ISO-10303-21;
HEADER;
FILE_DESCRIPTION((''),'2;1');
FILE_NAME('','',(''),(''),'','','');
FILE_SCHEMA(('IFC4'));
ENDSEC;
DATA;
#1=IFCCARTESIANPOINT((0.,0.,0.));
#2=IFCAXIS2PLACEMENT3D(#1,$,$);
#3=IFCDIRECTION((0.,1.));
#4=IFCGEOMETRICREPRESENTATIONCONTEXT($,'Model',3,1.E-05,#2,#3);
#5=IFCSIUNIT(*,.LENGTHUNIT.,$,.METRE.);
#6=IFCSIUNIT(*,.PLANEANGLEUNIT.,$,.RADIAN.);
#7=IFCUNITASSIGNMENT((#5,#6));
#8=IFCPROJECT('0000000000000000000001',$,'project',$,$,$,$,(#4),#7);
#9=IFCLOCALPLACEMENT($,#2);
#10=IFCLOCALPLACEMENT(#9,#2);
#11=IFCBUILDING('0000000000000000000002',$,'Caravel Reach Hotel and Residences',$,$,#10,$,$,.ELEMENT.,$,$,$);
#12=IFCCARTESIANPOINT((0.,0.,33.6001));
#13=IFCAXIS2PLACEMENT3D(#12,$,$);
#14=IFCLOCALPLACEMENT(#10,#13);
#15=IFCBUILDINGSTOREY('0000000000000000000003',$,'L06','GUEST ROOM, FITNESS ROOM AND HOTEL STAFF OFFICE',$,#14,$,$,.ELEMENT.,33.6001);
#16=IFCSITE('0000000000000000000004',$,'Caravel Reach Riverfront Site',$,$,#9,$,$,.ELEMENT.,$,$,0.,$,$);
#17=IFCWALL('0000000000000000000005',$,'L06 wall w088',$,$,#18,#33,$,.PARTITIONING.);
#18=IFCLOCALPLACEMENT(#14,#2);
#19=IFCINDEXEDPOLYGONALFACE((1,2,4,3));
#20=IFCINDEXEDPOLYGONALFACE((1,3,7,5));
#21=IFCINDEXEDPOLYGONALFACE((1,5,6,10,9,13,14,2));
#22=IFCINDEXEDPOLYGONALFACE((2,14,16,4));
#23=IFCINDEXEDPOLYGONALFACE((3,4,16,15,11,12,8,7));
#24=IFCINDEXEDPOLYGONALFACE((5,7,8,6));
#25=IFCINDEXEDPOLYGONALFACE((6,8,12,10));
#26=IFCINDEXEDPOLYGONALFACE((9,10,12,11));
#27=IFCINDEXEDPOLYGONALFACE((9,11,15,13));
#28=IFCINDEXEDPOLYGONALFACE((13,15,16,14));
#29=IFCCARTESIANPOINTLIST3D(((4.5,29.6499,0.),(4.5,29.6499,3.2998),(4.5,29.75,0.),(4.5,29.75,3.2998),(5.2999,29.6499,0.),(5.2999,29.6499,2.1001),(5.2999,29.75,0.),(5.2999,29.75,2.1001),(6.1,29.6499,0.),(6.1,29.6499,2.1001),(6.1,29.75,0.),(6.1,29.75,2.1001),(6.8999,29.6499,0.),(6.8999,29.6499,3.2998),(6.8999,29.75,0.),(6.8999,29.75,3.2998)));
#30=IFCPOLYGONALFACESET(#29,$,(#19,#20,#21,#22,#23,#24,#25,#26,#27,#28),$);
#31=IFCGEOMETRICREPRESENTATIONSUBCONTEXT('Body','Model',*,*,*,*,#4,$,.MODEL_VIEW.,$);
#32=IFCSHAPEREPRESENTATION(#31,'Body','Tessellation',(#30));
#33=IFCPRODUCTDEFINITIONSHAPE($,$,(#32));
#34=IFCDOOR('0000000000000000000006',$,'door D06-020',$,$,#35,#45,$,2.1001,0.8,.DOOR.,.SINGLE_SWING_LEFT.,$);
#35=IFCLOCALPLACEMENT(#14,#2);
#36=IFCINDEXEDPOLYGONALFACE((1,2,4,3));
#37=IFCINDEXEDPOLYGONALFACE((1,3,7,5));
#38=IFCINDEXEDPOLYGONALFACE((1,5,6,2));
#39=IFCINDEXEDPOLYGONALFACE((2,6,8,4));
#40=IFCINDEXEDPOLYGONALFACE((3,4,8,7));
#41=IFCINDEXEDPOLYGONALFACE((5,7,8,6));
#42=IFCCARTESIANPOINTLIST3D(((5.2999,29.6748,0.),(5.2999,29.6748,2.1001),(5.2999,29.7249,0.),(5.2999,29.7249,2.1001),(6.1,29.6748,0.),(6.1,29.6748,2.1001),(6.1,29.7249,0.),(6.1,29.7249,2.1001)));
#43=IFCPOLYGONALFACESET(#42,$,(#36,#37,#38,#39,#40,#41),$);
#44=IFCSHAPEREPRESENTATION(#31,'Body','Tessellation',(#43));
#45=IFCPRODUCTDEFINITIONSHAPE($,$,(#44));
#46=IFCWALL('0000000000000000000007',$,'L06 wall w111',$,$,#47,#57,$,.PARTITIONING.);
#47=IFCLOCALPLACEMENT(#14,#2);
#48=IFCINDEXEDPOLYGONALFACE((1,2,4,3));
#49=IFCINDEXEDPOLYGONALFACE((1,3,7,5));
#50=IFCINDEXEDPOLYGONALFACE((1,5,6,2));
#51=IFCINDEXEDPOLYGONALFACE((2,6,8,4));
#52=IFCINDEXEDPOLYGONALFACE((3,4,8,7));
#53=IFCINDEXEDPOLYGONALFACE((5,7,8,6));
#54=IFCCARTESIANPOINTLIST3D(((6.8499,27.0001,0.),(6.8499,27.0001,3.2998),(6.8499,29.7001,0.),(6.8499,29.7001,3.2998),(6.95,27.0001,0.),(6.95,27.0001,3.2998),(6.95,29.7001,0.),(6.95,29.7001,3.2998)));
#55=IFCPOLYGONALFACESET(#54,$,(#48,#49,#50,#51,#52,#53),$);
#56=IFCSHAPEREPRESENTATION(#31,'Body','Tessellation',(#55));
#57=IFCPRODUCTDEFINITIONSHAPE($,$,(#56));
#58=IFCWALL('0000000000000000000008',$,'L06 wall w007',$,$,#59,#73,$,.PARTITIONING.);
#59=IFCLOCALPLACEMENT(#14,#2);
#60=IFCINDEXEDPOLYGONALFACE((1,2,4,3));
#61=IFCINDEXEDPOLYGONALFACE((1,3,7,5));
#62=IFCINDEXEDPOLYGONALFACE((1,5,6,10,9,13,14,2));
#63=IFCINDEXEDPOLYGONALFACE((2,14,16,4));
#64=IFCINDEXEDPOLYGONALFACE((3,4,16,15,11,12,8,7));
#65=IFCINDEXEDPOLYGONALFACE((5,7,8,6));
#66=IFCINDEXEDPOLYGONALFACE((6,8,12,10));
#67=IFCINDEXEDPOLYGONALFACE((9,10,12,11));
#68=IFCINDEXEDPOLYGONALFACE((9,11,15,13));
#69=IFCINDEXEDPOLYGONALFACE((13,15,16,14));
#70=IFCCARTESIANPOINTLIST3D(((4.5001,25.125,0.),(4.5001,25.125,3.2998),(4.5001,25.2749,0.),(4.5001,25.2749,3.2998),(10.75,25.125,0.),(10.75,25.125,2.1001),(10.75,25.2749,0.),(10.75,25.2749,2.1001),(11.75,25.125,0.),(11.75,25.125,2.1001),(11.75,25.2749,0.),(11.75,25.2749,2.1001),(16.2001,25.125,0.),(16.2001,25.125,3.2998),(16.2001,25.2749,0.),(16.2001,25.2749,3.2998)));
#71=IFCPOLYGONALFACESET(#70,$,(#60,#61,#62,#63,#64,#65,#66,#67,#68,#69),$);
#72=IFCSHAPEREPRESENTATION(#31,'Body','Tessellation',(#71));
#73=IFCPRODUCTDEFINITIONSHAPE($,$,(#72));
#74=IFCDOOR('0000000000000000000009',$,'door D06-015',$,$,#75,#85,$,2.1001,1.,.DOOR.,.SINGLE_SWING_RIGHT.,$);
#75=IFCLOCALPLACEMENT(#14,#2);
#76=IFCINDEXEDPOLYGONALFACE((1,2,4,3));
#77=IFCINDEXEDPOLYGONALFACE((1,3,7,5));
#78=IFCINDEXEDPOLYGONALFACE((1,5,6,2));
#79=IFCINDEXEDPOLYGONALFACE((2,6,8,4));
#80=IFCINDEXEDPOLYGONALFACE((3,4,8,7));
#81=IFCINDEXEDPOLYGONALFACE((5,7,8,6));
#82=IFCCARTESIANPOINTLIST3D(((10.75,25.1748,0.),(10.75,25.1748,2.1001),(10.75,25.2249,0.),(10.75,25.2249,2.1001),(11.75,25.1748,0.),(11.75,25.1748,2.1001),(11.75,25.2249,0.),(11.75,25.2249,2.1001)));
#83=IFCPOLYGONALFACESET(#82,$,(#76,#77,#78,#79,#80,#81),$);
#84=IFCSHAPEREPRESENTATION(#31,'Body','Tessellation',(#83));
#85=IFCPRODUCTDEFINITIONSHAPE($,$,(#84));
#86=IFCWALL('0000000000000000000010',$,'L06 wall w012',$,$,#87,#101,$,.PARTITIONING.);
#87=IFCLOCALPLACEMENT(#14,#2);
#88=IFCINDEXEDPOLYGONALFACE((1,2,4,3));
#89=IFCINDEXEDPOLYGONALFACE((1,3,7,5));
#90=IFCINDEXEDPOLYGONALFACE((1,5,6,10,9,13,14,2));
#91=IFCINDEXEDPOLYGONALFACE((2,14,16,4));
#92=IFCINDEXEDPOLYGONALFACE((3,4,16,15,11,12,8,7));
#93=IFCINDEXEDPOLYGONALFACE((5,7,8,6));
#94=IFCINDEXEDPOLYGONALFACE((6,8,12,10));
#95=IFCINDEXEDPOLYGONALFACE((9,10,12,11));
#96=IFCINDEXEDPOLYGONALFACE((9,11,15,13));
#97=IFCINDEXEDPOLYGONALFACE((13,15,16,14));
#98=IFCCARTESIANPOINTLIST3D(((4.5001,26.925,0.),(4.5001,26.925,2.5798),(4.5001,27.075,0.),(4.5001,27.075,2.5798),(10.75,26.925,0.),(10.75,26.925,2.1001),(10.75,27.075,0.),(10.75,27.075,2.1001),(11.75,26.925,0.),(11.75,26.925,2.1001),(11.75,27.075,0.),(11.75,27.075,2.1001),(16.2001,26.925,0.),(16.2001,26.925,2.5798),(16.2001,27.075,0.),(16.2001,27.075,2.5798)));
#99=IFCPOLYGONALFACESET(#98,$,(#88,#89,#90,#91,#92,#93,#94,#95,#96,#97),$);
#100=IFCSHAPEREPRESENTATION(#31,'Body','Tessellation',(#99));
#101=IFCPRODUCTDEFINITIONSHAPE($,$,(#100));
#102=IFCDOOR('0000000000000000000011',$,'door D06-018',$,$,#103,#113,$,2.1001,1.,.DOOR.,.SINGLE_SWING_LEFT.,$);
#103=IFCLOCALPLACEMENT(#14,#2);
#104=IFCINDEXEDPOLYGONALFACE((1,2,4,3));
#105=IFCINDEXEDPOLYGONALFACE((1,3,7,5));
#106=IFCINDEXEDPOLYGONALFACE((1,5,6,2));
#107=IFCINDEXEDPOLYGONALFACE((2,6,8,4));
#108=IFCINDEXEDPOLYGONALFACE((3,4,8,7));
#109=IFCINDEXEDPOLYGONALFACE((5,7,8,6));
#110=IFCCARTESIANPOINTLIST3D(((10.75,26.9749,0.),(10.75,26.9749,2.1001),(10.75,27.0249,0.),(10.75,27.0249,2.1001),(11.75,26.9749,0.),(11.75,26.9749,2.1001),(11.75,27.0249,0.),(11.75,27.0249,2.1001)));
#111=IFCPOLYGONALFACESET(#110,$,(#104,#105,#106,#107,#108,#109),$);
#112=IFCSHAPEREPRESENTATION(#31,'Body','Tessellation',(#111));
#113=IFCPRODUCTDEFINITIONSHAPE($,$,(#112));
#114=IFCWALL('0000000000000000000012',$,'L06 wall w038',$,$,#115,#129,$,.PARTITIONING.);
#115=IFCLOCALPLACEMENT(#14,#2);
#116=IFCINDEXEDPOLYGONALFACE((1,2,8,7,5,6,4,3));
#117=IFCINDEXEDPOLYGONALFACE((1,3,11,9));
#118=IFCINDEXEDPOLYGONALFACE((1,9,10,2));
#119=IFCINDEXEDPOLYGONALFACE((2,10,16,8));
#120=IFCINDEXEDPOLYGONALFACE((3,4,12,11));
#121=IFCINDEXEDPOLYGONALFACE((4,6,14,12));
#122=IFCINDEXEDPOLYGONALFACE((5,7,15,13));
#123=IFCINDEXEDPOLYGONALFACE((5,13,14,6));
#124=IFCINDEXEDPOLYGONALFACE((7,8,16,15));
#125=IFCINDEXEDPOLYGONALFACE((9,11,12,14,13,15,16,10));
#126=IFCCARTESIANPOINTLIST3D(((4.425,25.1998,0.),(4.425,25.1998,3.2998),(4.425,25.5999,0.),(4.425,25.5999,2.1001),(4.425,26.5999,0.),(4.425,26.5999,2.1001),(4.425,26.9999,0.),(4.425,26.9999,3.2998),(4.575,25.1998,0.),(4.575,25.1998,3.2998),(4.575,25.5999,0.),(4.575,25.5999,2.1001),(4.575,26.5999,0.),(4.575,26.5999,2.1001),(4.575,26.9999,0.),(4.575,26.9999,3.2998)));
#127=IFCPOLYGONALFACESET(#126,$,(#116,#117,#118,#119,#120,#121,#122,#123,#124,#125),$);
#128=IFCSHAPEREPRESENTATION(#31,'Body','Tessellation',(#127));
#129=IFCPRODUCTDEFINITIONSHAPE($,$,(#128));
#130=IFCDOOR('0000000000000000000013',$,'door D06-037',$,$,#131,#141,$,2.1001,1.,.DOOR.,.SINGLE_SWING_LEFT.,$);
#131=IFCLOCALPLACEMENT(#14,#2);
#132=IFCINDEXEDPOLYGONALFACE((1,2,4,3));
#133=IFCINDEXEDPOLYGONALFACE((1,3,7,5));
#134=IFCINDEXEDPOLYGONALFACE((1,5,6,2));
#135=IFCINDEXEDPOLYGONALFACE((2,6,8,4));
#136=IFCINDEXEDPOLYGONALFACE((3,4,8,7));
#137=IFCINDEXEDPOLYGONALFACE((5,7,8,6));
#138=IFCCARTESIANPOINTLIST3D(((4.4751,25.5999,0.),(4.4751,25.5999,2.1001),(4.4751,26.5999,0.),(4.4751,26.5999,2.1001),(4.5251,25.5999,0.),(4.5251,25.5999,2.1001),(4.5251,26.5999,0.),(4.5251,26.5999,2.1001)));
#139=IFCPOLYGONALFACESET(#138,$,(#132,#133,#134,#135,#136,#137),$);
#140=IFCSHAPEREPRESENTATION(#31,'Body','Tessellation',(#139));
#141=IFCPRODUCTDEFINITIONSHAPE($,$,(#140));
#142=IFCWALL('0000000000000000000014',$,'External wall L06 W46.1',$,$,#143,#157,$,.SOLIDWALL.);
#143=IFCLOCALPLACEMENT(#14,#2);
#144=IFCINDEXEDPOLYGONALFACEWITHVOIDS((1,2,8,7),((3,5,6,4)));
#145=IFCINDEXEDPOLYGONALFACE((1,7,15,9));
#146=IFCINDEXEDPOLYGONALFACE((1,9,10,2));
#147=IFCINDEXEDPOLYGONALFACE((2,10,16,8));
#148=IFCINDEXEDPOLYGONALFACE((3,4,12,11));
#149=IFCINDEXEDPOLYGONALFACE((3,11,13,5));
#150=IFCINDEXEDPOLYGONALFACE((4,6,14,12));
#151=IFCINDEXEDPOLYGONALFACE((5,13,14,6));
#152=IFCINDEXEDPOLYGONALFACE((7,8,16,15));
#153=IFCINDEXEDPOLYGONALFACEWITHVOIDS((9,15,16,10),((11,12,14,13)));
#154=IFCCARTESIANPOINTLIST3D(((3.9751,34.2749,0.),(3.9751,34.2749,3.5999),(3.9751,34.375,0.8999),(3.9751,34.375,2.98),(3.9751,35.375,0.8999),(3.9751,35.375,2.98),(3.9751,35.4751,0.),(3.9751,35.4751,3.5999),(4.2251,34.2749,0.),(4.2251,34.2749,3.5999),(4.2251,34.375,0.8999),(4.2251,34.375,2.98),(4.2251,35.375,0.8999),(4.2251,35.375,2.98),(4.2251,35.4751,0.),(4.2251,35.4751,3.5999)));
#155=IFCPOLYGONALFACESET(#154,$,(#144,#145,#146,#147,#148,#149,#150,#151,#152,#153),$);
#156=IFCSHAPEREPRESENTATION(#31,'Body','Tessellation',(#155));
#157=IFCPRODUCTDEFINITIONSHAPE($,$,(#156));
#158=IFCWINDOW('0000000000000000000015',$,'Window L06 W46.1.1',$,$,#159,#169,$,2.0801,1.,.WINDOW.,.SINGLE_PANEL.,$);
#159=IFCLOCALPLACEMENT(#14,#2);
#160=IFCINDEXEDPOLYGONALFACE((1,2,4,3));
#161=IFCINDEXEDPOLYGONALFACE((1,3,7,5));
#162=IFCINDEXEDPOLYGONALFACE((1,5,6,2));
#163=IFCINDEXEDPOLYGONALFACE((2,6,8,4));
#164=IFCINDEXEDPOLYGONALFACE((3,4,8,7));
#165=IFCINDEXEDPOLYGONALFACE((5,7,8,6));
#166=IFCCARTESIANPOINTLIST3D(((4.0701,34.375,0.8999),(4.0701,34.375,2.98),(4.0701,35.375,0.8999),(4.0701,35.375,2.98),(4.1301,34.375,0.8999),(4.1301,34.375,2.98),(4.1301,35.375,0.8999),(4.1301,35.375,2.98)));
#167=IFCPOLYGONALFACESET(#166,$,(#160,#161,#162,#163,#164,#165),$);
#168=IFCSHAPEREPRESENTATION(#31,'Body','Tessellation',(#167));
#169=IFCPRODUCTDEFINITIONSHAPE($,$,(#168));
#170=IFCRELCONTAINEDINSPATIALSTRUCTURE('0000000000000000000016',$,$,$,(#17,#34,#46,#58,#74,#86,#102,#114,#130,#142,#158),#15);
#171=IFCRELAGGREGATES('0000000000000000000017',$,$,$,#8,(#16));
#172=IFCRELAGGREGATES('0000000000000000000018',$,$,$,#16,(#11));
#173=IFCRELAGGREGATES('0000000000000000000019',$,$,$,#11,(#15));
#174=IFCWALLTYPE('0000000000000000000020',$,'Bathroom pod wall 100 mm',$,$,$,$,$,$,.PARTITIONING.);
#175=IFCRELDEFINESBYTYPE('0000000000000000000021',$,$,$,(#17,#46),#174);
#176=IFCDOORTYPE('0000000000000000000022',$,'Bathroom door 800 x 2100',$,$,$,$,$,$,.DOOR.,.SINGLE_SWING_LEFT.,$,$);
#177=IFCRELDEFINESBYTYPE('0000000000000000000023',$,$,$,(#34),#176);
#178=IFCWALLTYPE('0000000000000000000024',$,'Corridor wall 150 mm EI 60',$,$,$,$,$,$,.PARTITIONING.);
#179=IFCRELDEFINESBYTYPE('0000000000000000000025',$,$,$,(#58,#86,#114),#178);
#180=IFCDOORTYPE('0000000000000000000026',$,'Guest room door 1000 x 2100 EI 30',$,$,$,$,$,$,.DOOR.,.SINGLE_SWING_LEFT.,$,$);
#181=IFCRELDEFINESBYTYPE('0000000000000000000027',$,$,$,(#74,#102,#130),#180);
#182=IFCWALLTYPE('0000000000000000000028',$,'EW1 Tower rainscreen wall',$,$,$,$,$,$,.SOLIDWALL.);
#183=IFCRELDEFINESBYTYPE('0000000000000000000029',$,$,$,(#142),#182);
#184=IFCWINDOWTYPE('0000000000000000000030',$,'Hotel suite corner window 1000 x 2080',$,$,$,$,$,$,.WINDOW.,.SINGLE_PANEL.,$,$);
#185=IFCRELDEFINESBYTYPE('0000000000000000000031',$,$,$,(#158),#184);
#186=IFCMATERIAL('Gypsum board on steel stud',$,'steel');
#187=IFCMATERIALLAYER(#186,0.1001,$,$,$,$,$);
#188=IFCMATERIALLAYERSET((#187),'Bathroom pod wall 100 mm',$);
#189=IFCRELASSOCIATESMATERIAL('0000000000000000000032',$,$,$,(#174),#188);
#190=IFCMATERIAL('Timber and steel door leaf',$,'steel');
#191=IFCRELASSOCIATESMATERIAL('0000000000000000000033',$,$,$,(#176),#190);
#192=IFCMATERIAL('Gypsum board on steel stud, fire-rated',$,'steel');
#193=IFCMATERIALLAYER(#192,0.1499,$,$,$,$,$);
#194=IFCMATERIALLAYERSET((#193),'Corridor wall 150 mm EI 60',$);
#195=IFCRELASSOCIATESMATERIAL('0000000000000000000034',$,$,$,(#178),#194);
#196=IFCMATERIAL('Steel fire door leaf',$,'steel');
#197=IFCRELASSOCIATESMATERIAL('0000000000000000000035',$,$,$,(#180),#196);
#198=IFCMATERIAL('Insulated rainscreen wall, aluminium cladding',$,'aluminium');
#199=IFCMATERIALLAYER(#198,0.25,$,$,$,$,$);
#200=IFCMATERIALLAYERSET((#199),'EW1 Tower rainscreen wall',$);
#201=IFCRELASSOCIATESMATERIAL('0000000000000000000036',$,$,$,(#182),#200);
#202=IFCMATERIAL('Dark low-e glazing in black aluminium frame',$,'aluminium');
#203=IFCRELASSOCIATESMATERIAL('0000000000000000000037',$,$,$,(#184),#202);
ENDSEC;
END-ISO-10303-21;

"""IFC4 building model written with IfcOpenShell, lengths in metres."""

from ifc_helpers import new_model, si_unit, direction, frame, frame_2d, origin, place, context, subcontext, project, spatial, rectangle, extrude, material, layer, layer_set, type_object, element, fill, save


model = new_model("IFC4")

# Units and contexts
model_context = context("Model", 3, precision=1e-05, world=origin(), true_north=direction((0.0, 1.0)))
body_context = subcontext(model_context, "Body", "Model", "MODEL_VIEW")
ifc_project = project(units=[si_unit("LENGTHUNIT", "METRE"), si_unit("PLANEANGLEUNIT", "RADIAN")], contexts=[model_context])

# Site, building, storey
site_placement = place(None, origin())
site = spatial("IfcSite", under=ifc_project, at=site_placement, Name="Caravel Reach Riverfront Site", CompositionType="ELEMENT", RefElevation=0.0)
building_placement = place(site_placement, origin())
building = spatial("IfcBuilding", under=site, at=building_placement, Name="Caravel Reach Hotel and Residences", CompositionType="ELEMENT")
storey_placement = place(building_placement, frame((0.0, 0.0, 33.6001)))
storey = spatial("IfcBuildingStorey", under=building, at=storey_placement, Name="L06", Description="GUEST ROOM, FITNESS ROOM AND HOTEL STAFF OFFICE", CompositionType="ELEMENT", Elevation=33.6001)

# Wall, opening, door
ifc_material_1 = material(Name="Gypsum board on steel stud", Category="steel")
ifc_layer_1 = layer(ifc_material_1, 0.1001)
ifc_layer_set_1 = layer_set([ifc_layer_1], Name="Bathroom pod wall 100 mm")
wall_type_1 = type_object("IfcWallType", Name="Bathroom pod wall 100 mm", PredefinedType="PARTITIONING", material=ifc_layer_set_1)
wall_1_placement = place(storey_placement, frame((4.5, 29.7, 0.0), z_axis=(0.0, 0.0, 1.0), x_axis=(1.0, 0.0, 0.0)))
wall_1 = element("IfcWall", 1, at=wall_1_placement, inside=storey, type_object=wall_type_1, Name="L06 wall w088", PredefinedType="PARTITIONING", context=body_context, shape_type="SweptSolid", body=[
    extrude(rectangle(XDim=2.3999, YDim=0.1001, at=frame_2d((1.2, 0.0))), origin(), (0.0, 0.0, 1.0), 3.2998),
])
opening_1_placement = place(wall_1_placement, frame((0.8, 0.0, 0.0)))
opening_1 = element("IfcOpeningElement", 2, at=opening_1_placement, cuts=wall_1, PredefinedType="OPENING", context=body_context, shape_type="SweptSolid", body=[
    extrude(rectangle(XDim=0.8, YDim=2.1001, at=frame_2d((0.3999, 1.05))), frame((0.0, 0.0601, 0.0), z_axis=(0.0, -1.0, 0.0), x_axis=(1.0, 0.0, 0.0)), (0.0, 0.0, 1.0), 0.1201),
])
ifc_material_2 = material(Name="Timber and steel door leaf", Category="steel")
door_type_1 = type_object("IfcDoorType", Name="Bathroom door 800 x 2100", OperationType="SINGLE_SWING_LEFT", PredefinedType="DOOR", material=ifc_material_2)
door_1_placement = place(opening_1_placement, origin())
door_1 = element("IfcDoor", 3, at=door_1_placement, inside=storey, type_object=door_type_1, Name="door D06-020", OperationType="SINGLE_SWING_LEFT", OverallHeight=2.1001, OverallWidth=0.8, PredefinedType="DOOR", context=body_context, shape_type="SweptSolid", body=[
    extrude(rectangle(XDim=0.8, YDim=2.1001, at=frame_2d((0.3999, 1.05))), frame((0.0, 0.0249, 0.0), z_axis=(0.0, -1.0, 0.0), x_axis=(1.0, 0.0, 0.0)), (0.0, 0.0, 1.0), 0.05),
])
fill(opening_1, door_1)

# Wall
wall_2_placement = place(storey_placement, frame((6.8999, 27.0, 0.0), z_axis=(0.0, 0.0, 1.0), x_axis=(0.0, 1.0, 0.0)))
element("IfcWall", 4, at=wall_2_placement, inside=storey, type_object=wall_type_1, Name="L06 wall w111", PredefinedType="PARTITIONING", context=body_context, shape_type="SweptSolid", body=[
    extrude(rectangle(XDim=2.7, YDim=0.1001, at=frame_2d((1.3501, 0.0))), origin(), (0.0, 0.0, 1.0), 3.2998),
])

# Walls, openings, doors
ifc_material_3 = material(Name="Gypsum board on steel stud, fire-rated", Category="steel")
ifc_layer_2 = layer(ifc_material_3, 0.1499)
ifc_layer_set_2 = layer_set([ifc_layer_2], Name="Corridor wall 150 mm EI 60")
wall_type_2 = type_object("IfcWallType", Name="Corridor wall 150 mm EI 60", PredefinedType="PARTITIONING", material=ifc_layer_set_2)
wall_3_placement = place(storey_placement, frame((4.5, 25.2, 0.0), z_axis=(0.0, 0.0, 1.0), x_axis=(1.0, 0.0, 0.0)))
wall_3 = element("IfcWall", 5, at=wall_3_placement, inside=storey, type_object=wall_type_2, Name="L06 wall w007", PredefinedType="PARTITIONING", context=body_context, shape_type="SweptSolid", body=[
    extrude(rectangle(XDim=11.7, YDim=0.1499, at=frame_2d((5.8501, 0.0))), origin(), (0.0, 0.0, 1.0), 3.2998),
])
opening_2_placement = place(wall_3_placement, frame((6.25, 0.0, 0.0)))
opening_2 = element("IfcOpeningElement", 6, at=opening_2_placement, cuts=wall_3, PredefinedType="OPENING", context=body_context, shape_type="SweptSolid", body=[
    extrude(rectangle(XDim=1.0, YDim=2.1001, at=frame_2d((0.5, 1.05))), frame((0.0, 0.085, 0.0), z_axis=(0.0, -1.0, 0.0), x_axis=(1.0, 0.0, 0.0)), (0.0, 0.0, 1.0), 0.1699),
])
ifc_material_4 = material(Name="Steel fire door leaf", Category="steel")
door_type_2 = type_object("IfcDoorType", Name="Guest room door 1000 x 2100 EI 30", OperationType="SINGLE_SWING_LEFT", PredefinedType="DOOR", material=ifc_material_4)
door_2_placement = place(opening_2_placement, origin())
door_2 = element("IfcDoor", 7, at=door_2_placement, inside=storey, type_object=door_type_2, Name="door D06-015", OperationType="SINGLE_SWING_RIGHT", OverallHeight=2.1001, OverallWidth=1.0, PredefinedType="DOOR", context=body_context, shape_type="SweptSolid", body=[
    extrude(rectangle(XDim=1.0, YDim=2.1001, at=frame_2d((0.5, 1.05))), frame((0.0, 0.0249, 0.0), z_axis=(0.0, -1.0, 0.0), x_axis=(1.0, 0.0, 0.0)), (0.0, 0.0, 1.0), 0.05),
])
fill(opening_2, door_2)
wall_4_placement = place(storey_placement, frame((4.5, 27.0, 0.0), z_axis=(0.0, 0.0, 1.0), x_axis=(1.0, 0.0, 0.0)))
wall_4 = element("IfcWall", 8, at=wall_4_placement, inside=storey, type_object=wall_type_2, Name="L06 wall w012", PredefinedType="PARTITIONING", context=body_context, shape_type="SweptSolid", body=[
    extrude(rectangle(XDim=11.7, YDim=0.1499, at=frame_2d((5.8501, 0.0))), origin(), (0.0, 0.0, 1.0), 2.5798),
])
opening_3_placement = place(wall_4_placement, frame((6.25, 0.0, 0.0)))
opening_3 = element("IfcOpeningElement", 9, at=opening_3_placement, cuts=wall_4, PredefinedType="OPENING", context=body_context, shape_type="SweptSolid", body=[
    extrude(rectangle(XDim=1.0, YDim=2.1001, at=frame_2d((0.5, 1.05))), frame((0.0, 0.085, 0.0), z_axis=(0.0, -1.0, 0.0), x_axis=(1.0, 0.0, 0.0)), (0.0, 0.0, 1.0), 0.1699),
])
door_3_placement = place(opening_3_placement, origin())
door_3 = element("IfcDoor", 10, at=door_3_placement, inside=storey, type_object=door_type_2, Name="door D06-018", OperationType="SINGLE_SWING_LEFT", OverallHeight=2.1001, OverallWidth=1.0, PredefinedType="DOOR", context=body_context, shape_type="SweptSolid", body=[
    extrude(rectangle(XDim=1.0, YDim=2.1001, at=frame_2d((0.5, 1.05))), frame((0.0, 0.0249, 0.0), z_axis=(0.0, -1.0, 0.0), x_axis=(1.0, 0.0, 0.0)), (0.0, 0.0, 1.0), 0.05),
])
fill(opening_3, door_3)
wall_5_placement = place(storey_placement, frame((4.5, 25.2, 0.0), z_axis=(0.0, 0.0, 1.0), x_axis=(0.0, 1.0, 0.0)))
wall_5 = element("IfcWall", 11, at=wall_5_placement, inside=storey, type_object=wall_type_2, Name="L06 wall w038", PredefinedType="PARTITIONING", context=body_context, shape_type="SweptSolid", body=[
    extrude(rectangle(XDim=1.8, YDim=0.1499, at=frame_2d((0.8999, 0.0))), origin(), (0.0, 0.0, 1.0), 3.2998),
])
opening_4_placement = place(wall_5_placement, frame((0.3999, 0.0, 0.0)))
opening_4 = element("IfcOpeningElement", 12, at=opening_4_placement, cuts=wall_5, PredefinedType="OPENING", context=body_context, shape_type="SweptSolid", body=[
    extrude(rectangle(XDim=1.0, YDim=2.1001, at=frame_2d((0.5, 1.05))), frame((0.0, 0.085, 0.0), z_axis=(0.0, -1.0, 0.0), x_axis=(1.0, 0.0, 0.0)), (0.0, 0.0, 1.0), 0.1699),
])
door_4_placement = place(opening_4_placement, origin())
door_4 = element("IfcDoor", 13, at=door_4_placement, inside=storey, type_object=door_type_2, Name="door D06-037", OperationType="SINGLE_SWING_LEFT", OverallHeight=2.1001, OverallWidth=1.0, PredefinedType="DOOR", context=body_context, shape_type="SweptSolid", body=[
    extrude(rectangle(XDim=1.0, YDim=2.1001, at=frame_2d((0.5, 1.05))), frame((0.0, 0.0249, 0.0), z_axis=(0.0, -1.0, 0.0), x_axis=(1.0, 0.0, 0.0)), (0.0, 0.0, 1.0), 0.05),
])
fill(opening_4, door_4)

# Wall, opening, window
ifc_material_5 = material(Name="Insulated rainscreen wall, aluminium cladding", Category="aluminium")
ifc_layer_3 = layer(ifc_material_5, 0.25)
ifc_layer_set_3 = layer_set([ifc_layer_3], Name="EW1 Tower rainscreen wall")
wall_type_3 = type_object("IfcWallType", Name="EW1 Tower rainscreen wall", PredefinedType="SOLIDWALL", material=ifc_layer_set_3)
wall_6_placement = place(storey_placement, frame((4.1001, 35.4751, 0.0), z_axis=(0.0, 0.0, 1.0), x_axis=(0.0, -1.0, 0.0)))
wall_6 = element("IfcWall", 14, at=wall_6_placement, inside=storey, type_object=wall_type_3, Name="External wall L06 W46.1", PredefinedType="SOLIDWALL", context=body_context, shape_type="SweptSolid", body=[
    extrude(rectangle(XDim=1.2002, YDim=0.25, at=frame_2d((0.6001, 0.0))), origin(), (0.0, 0.0, 1.0), 3.5999),
])
opening_5_placement = place(wall_6_placement, frame((0.1001, 0.0, 0.8999)))
opening_5 = element("IfcOpeningElement", 15, at=opening_5_placement, cuts=wall_6, PredefinedType="OPENING", context=body_context, shape_type="SweptSolid", body=[
    extrude(rectangle(XDim=1.0, YDim=2.0801, at=frame_2d((0.5, 1.04))), frame((0.0, 0.135, 0.0), z_axis=(0.0, -1.0, 0.0), x_axis=(1.0, 0.0, 0.0)), (0.0, 0.0, 1.0), 0.27),
])
ifc_material_6 = material(Name="Dark low-e glazing in black aluminium frame", Category="aluminium")
window_type = type_object("IfcWindowType", Name="Hotel suite corner window 1000 x 2080", PartitioningType="SINGLE_PANEL", PredefinedType="WINDOW", material=ifc_material_6)
window_1_placement = place(opening_5_placement, origin())
window_1 = element("IfcWindow", 16, at=window_1_placement, inside=storey, type_object=window_type, Name="Window L06 W46.1.1", OverallHeight=2.0801, OverallWidth=1.0, PartitioningType="SINGLE_PANEL", PredefinedType="WINDOW", context=body_context, shape_type="SweptSolid", body=[
    extrude(rectangle(XDim=1.0, YDim=2.0801, at=frame_2d((0.5, 1.04))), frame((0.0, 0.03, 0.0), z_axis=(0.0, -1.0, 0.0), x_axis=(1.0, 0.0, 0.0)), (0.0, 0.0, 1.0), 0.0601),
])
fill(opening_5, window_1)

save(model, "model.ifc")
